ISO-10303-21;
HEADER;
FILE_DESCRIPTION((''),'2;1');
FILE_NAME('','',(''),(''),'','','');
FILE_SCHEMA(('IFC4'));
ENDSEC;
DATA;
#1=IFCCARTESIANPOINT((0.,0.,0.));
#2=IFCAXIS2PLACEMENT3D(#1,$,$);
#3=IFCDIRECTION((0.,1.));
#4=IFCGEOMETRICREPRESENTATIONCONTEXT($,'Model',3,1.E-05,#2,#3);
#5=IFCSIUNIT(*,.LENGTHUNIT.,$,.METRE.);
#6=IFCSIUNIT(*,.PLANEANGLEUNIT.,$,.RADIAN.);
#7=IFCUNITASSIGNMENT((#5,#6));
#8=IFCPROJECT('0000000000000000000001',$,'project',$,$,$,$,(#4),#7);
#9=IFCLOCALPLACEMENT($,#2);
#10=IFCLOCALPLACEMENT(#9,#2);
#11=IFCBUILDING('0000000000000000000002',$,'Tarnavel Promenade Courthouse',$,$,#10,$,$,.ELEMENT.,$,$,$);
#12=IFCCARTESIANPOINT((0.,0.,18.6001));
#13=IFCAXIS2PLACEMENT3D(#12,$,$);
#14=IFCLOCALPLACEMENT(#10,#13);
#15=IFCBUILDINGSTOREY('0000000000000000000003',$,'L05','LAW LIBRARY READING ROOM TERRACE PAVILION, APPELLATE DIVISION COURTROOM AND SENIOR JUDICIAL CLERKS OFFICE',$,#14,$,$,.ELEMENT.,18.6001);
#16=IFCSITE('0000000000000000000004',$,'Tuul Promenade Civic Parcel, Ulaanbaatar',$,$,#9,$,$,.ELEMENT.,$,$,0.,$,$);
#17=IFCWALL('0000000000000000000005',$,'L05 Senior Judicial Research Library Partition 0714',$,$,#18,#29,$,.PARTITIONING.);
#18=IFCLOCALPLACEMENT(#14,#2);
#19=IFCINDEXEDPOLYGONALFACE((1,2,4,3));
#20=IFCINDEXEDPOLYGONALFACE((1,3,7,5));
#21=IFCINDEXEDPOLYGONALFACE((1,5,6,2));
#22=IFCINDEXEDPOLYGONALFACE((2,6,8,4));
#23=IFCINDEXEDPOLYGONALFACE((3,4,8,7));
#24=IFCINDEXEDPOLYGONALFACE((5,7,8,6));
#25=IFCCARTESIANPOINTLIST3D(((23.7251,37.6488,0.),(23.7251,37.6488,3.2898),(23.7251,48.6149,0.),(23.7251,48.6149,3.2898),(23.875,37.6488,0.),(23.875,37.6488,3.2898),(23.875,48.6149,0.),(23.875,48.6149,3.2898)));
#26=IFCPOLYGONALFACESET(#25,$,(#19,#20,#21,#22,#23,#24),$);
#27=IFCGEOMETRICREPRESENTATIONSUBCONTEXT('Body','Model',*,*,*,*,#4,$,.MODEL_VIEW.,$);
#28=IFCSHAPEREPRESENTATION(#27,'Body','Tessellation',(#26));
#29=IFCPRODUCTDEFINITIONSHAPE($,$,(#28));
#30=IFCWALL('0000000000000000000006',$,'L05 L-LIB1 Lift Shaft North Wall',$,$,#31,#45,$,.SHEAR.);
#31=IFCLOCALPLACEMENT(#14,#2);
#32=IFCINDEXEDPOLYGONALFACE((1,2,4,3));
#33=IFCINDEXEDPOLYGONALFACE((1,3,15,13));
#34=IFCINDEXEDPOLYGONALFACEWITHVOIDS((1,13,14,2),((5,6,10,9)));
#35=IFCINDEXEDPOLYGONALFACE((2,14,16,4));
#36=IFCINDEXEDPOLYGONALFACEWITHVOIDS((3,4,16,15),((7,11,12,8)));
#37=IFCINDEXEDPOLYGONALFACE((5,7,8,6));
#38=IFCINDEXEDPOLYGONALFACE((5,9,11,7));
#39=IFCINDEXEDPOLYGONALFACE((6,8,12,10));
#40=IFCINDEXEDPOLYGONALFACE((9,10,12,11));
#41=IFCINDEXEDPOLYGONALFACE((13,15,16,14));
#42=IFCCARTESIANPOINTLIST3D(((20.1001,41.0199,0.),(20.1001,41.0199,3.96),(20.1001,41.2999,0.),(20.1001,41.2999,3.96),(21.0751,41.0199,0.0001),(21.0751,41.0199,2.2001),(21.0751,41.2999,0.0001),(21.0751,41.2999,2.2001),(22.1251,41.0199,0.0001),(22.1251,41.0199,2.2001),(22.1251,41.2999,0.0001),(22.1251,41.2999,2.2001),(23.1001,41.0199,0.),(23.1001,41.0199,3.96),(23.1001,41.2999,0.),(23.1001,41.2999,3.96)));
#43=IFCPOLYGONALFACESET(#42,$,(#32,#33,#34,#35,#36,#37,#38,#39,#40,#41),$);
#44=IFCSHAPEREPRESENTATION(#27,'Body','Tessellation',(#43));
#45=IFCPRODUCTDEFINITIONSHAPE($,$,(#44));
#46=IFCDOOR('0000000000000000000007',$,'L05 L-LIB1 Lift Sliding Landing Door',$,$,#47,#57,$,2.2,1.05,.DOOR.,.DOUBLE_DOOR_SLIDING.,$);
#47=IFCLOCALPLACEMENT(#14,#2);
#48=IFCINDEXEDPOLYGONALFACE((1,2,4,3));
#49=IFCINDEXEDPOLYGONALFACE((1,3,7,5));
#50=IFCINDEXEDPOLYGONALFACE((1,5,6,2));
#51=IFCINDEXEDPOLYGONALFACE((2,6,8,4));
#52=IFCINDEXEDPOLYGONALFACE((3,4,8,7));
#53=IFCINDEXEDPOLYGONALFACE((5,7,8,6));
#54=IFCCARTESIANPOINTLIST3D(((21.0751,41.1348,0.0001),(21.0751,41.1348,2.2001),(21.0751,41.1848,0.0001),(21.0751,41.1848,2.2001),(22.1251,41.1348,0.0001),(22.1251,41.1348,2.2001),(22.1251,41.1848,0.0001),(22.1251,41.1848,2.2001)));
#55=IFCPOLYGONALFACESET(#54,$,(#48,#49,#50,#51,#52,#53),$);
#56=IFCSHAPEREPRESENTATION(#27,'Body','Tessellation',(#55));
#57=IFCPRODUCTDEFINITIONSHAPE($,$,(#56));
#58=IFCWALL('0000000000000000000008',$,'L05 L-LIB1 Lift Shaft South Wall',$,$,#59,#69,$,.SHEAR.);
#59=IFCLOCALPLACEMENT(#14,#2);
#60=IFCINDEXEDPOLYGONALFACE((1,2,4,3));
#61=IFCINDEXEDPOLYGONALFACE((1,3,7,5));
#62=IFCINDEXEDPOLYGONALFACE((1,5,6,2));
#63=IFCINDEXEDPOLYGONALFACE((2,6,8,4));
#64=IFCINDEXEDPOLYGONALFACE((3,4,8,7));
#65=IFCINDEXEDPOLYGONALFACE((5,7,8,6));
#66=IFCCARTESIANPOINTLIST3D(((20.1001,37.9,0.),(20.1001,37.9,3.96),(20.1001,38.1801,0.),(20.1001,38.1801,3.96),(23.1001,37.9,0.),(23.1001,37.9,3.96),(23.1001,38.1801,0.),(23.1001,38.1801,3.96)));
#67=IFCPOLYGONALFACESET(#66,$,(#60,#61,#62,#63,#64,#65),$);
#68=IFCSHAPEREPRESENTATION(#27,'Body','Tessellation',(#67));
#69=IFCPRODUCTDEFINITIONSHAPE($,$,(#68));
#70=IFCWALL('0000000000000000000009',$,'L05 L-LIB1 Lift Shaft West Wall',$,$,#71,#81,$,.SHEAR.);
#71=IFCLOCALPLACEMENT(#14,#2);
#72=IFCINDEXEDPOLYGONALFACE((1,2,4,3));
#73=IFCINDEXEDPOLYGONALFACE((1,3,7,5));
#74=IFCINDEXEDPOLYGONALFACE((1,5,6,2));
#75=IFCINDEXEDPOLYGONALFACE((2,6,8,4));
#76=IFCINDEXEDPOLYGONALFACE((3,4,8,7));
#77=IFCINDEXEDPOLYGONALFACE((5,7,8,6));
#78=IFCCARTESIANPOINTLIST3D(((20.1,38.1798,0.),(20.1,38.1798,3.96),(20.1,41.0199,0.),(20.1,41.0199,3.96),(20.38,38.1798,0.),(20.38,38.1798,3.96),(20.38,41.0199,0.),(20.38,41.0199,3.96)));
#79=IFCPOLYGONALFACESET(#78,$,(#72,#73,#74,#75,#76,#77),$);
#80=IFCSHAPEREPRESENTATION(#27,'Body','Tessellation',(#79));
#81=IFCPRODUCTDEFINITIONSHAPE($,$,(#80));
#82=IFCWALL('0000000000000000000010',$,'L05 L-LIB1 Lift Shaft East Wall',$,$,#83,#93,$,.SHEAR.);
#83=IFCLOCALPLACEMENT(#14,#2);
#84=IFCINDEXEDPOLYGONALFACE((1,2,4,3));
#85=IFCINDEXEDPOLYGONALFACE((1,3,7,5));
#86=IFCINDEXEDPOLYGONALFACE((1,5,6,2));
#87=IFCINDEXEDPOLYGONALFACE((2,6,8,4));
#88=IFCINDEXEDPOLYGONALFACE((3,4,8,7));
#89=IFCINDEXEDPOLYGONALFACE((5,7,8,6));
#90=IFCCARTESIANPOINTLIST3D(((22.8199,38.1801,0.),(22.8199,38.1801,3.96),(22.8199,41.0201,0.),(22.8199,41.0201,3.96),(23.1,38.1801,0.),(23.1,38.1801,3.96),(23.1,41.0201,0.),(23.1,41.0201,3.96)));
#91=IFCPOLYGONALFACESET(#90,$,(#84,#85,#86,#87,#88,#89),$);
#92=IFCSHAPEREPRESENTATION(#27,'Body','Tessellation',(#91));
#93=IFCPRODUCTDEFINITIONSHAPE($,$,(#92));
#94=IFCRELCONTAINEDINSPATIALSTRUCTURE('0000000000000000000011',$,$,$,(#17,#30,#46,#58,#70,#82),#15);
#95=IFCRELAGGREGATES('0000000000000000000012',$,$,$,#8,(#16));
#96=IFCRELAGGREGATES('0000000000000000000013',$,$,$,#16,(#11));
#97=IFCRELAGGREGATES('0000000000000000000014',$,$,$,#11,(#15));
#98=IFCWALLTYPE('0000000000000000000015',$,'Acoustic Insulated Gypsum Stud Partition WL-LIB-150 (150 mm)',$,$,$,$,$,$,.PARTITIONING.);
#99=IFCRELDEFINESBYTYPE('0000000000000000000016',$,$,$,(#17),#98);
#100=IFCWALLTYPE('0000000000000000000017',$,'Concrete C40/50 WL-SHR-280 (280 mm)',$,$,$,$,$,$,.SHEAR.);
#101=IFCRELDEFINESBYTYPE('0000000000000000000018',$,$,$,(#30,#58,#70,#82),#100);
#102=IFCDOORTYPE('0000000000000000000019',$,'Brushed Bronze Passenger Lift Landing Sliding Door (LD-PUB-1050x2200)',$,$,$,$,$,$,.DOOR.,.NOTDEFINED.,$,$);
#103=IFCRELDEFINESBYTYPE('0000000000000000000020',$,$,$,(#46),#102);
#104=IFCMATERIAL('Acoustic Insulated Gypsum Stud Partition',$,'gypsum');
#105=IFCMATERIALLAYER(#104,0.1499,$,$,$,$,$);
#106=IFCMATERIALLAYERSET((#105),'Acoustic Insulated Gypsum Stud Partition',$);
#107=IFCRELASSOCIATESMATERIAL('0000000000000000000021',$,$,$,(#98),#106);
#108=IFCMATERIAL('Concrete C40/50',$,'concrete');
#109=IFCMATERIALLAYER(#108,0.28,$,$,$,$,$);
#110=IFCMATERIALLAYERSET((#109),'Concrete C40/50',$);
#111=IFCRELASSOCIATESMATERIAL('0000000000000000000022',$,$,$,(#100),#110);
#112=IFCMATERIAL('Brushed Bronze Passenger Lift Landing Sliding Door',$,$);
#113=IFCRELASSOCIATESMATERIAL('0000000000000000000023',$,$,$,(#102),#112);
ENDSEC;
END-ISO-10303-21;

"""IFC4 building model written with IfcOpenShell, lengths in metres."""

from ifc_helpers import new_model, si_unit, direction, frame, frame_2d, origin, place, context, subcontext, project, spatial, rectangle, extrude, material, layer, layer_set, type_object, element, fill, save


model = new_model("IFC4")

# Units and contexts
model_context = context("Model", 3, precision=1e-05, world=origin(), true_north=direction((0.0, 1.0)))
body_context = subcontext(model_context, "Body", "Model", "MODEL_VIEW")
ifc_project = project(units=[si_unit("LENGTHUNIT", "METRE"), si_unit("PLANEANGLEUNIT", "RADIAN")], contexts=[model_context])

# Site, building, storey
site_placement = place(None, origin())
site = spatial("IfcSite", under=ifc_project, at=site_placement, Name="Tuul Promenade Civic Parcel, Ulaanbaatar", CompositionType="ELEMENT", RefElevation=0.0)
building_placement = place(site_placement, origin())
building = spatial("IfcBuilding", under=site, at=building_placement, Name="Tarnavel Promenade Courthouse", CompositionType="ELEMENT")
storey_placement = place(building_placement, frame((0.0, 0.0, 18.6001)))
storey = spatial("IfcBuildingStorey", under=building, at=storey_placement, Name="L05", Description="LAW LIBRARY READING ROOM TERRACE PAVILION, APPELLATE DIVISION COURTROOM AND SENIOR JUDICIAL CLERKS OFFICE", CompositionType="ELEMENT", Elevation=18.6001)

# Shared definitions
ifc_material_1 = material(Name="Concrete C40/50", Category="concrete")

# Wall
ifc_material_2 = material(Name="Acoustic Insulated Gypsum Stud Partition", Category="gypsum")
ifc_layer_1 = layer(ifc_material_2, 0.1499)
ifc_layer_set_1 = layer_set([ifc_layer_1], Name="Acoustic Insulated Gypsum Stud Partition")
wall_type_1 = type_object("IfcWallType", Name="Acoustic Insulated Gypsum Stud Partition WL-LIB-150 (150 mm)", PredefinedType="PARTITIONING", material=ifc_layer_set_1)
wall_1_placement = place(storey_placement, frame((23.8, 37.6489, 0.0), z_axis=(0.0, 0.0, 1.0), x_axis=(0.0, 1.0, 0.0)))
element("IfcWall", 1, at=wall_1_placement, inside=storey, type_object=wall_type_1, Name="L05 Senior Judicial Research Library Partition 0714", PredefinedType="PARTITIONING", context=body_context, shape_type="SweptSolid", body=[
    extrude(rectangle(XDim=10.9661, YDim=0.1499, at=frame_2d((5.4829, 0.0))), origin(), (0.0, 0.0, 1.0), 3.2898),
])

# Wall, opening, door
ifc_layer_2 = layer(ifc_material_1, 0.28)
ifc_layer_set_2 = layer_set([ifc_layer_2], Name="Concrete C40/50")
wall_type_2 = type_object("IfcWallType", Name="Concrete C40/50 WL-SHR-280 (280 mm)", PredefinedType="SHEAR", material=ifc_layer_set_2)
wall_2_placement = place(storey_placement, frame((20.1001, 41.1599, 0.0), z_axis=(0.0, 0.0, 1.0), x_axis=(1.0, 0.0, 0.0)))
wall_2 = element("IfcWall", 2, at=wall_2_placement, inside=storey, type_object=wall_type_2, Name="L05 L-LIB1 Lift Shaft North Wall", PredefinedType="SHEAR", context=body_context, shape_type="SweptSolid", body=[
    extrude(rectangle(XDim=3.0, YDim=0.28, at=frame_2d((1.5, 0.0))), origin(), (0.0, 0.0, 1.0), 3.96),
])
opening_1_placement = place(wall_2_placement, frame((0.9751, 0.0, 0.0)))
opening_1 = element("IfcOpeningElement", 3, at=opening_1_placement, cuts=wall_2, PredefinedType="OPENING", context=body_context, shape_type="SweptSolid", body=[
    extrude(rectangle(XDim=1.05, YDim=2.2, at=frame_2d((0.5249, 1.1001))), frame((0.0, 0.1499, 0.0), z_axis=(0.0, -1.0, 0.0), x_axis=(1.0, 0.0, 0.0)), (0.0, 0.0, 1.0), 0.3),
])
ifc_material_3 = material(Name="Brushed Bronze Passenger Lift Landing Sliding Door")
door_type = type_object("IfcDoorType", Name="Brushed Bronze Passenger Lift Landing Sliding Door (LD-PUB-1050x2200)", OperationType="NOTDEFINED", PredefinedType="DOOR", material=ifc_material_3)
door_placement = place(opening_1_placement, origin())
door = element("IfcDoor", 4, at=door_placement, inside=storey, type_object=door_type, Name="L05 L-LIB1 Lift Sliding Landing Door", OperationType="DOUBLE_DOOR_SLIDING", OverallHeight=2.2, OverallWidth=1.05, PredefinedType="DOOR", context=body_context, shape_type="SweptSolid", body=[
    extrude(rectangle(XDim=1.05, YDim=2.2, at=frame_2d((0.5249, 1.1001))), frame((0.0, 0.0249, 0.0), z_axis=(0.0, -1.0, 0.0), x_axis=(1.0, 0.0, 0.0)), (0.0, 0.0, 1.0), 0.05),
])
fill(opening_1, door)

# Walls
wall_3_placement = place(storey_placement, frame((23.1001, 38.04, 0.0), z_axis=(0.0, 0.0, 1.0), x_axis=(-1.0, 0.0, 0.0)))
element("IfcWall", 5, at=wall_3_placement, inside=storey, type_object=wall_type_2, Name="L05 L-LIB1 Lift Shaft South Wall", PredefinedType="SHEAR", context=body_context, shape_type="SweptSolid", body=[
    extrude(rectangle(XDim=3.0, YDim=0.28, at=frame_2d((1.5, 0.0))), origin(), (0.0, 0.0, 1.0), 3.96),
])
for number, where, z_axis, x_axis, name in (
    (6, (20.24, 38.1799, 0.0), (0.0, 0.0, 1.0), (0.0, 1.0, 0.0), "L05 L-LIB1 Lift Shaft West Wall"),
    (7, (22.96, 41.02, 0.0), (0.0, 0.0, 1.0), (0.0, -1.0, 0.0), "L05 L-LIB1 Lift Shaft East Wall"),
):
    element("IfcWall", number, at=place(storey_placement, frame(where, z_axis=z_axis, x_axis=x_axis)), inside=storey, type_object=wall_type_2, Name=name, PredefinedType="SHEAR", context=body_context, shape_type="SweptSolid", body=[
        extrude(rectangle(XDim=2.8401, YDim=0.28, at=frame_2d((1.4199, 0.0))), origin(), (0.0, 0.0, 1.0), 3.96),
    ])

save(model, "model.ifc")
